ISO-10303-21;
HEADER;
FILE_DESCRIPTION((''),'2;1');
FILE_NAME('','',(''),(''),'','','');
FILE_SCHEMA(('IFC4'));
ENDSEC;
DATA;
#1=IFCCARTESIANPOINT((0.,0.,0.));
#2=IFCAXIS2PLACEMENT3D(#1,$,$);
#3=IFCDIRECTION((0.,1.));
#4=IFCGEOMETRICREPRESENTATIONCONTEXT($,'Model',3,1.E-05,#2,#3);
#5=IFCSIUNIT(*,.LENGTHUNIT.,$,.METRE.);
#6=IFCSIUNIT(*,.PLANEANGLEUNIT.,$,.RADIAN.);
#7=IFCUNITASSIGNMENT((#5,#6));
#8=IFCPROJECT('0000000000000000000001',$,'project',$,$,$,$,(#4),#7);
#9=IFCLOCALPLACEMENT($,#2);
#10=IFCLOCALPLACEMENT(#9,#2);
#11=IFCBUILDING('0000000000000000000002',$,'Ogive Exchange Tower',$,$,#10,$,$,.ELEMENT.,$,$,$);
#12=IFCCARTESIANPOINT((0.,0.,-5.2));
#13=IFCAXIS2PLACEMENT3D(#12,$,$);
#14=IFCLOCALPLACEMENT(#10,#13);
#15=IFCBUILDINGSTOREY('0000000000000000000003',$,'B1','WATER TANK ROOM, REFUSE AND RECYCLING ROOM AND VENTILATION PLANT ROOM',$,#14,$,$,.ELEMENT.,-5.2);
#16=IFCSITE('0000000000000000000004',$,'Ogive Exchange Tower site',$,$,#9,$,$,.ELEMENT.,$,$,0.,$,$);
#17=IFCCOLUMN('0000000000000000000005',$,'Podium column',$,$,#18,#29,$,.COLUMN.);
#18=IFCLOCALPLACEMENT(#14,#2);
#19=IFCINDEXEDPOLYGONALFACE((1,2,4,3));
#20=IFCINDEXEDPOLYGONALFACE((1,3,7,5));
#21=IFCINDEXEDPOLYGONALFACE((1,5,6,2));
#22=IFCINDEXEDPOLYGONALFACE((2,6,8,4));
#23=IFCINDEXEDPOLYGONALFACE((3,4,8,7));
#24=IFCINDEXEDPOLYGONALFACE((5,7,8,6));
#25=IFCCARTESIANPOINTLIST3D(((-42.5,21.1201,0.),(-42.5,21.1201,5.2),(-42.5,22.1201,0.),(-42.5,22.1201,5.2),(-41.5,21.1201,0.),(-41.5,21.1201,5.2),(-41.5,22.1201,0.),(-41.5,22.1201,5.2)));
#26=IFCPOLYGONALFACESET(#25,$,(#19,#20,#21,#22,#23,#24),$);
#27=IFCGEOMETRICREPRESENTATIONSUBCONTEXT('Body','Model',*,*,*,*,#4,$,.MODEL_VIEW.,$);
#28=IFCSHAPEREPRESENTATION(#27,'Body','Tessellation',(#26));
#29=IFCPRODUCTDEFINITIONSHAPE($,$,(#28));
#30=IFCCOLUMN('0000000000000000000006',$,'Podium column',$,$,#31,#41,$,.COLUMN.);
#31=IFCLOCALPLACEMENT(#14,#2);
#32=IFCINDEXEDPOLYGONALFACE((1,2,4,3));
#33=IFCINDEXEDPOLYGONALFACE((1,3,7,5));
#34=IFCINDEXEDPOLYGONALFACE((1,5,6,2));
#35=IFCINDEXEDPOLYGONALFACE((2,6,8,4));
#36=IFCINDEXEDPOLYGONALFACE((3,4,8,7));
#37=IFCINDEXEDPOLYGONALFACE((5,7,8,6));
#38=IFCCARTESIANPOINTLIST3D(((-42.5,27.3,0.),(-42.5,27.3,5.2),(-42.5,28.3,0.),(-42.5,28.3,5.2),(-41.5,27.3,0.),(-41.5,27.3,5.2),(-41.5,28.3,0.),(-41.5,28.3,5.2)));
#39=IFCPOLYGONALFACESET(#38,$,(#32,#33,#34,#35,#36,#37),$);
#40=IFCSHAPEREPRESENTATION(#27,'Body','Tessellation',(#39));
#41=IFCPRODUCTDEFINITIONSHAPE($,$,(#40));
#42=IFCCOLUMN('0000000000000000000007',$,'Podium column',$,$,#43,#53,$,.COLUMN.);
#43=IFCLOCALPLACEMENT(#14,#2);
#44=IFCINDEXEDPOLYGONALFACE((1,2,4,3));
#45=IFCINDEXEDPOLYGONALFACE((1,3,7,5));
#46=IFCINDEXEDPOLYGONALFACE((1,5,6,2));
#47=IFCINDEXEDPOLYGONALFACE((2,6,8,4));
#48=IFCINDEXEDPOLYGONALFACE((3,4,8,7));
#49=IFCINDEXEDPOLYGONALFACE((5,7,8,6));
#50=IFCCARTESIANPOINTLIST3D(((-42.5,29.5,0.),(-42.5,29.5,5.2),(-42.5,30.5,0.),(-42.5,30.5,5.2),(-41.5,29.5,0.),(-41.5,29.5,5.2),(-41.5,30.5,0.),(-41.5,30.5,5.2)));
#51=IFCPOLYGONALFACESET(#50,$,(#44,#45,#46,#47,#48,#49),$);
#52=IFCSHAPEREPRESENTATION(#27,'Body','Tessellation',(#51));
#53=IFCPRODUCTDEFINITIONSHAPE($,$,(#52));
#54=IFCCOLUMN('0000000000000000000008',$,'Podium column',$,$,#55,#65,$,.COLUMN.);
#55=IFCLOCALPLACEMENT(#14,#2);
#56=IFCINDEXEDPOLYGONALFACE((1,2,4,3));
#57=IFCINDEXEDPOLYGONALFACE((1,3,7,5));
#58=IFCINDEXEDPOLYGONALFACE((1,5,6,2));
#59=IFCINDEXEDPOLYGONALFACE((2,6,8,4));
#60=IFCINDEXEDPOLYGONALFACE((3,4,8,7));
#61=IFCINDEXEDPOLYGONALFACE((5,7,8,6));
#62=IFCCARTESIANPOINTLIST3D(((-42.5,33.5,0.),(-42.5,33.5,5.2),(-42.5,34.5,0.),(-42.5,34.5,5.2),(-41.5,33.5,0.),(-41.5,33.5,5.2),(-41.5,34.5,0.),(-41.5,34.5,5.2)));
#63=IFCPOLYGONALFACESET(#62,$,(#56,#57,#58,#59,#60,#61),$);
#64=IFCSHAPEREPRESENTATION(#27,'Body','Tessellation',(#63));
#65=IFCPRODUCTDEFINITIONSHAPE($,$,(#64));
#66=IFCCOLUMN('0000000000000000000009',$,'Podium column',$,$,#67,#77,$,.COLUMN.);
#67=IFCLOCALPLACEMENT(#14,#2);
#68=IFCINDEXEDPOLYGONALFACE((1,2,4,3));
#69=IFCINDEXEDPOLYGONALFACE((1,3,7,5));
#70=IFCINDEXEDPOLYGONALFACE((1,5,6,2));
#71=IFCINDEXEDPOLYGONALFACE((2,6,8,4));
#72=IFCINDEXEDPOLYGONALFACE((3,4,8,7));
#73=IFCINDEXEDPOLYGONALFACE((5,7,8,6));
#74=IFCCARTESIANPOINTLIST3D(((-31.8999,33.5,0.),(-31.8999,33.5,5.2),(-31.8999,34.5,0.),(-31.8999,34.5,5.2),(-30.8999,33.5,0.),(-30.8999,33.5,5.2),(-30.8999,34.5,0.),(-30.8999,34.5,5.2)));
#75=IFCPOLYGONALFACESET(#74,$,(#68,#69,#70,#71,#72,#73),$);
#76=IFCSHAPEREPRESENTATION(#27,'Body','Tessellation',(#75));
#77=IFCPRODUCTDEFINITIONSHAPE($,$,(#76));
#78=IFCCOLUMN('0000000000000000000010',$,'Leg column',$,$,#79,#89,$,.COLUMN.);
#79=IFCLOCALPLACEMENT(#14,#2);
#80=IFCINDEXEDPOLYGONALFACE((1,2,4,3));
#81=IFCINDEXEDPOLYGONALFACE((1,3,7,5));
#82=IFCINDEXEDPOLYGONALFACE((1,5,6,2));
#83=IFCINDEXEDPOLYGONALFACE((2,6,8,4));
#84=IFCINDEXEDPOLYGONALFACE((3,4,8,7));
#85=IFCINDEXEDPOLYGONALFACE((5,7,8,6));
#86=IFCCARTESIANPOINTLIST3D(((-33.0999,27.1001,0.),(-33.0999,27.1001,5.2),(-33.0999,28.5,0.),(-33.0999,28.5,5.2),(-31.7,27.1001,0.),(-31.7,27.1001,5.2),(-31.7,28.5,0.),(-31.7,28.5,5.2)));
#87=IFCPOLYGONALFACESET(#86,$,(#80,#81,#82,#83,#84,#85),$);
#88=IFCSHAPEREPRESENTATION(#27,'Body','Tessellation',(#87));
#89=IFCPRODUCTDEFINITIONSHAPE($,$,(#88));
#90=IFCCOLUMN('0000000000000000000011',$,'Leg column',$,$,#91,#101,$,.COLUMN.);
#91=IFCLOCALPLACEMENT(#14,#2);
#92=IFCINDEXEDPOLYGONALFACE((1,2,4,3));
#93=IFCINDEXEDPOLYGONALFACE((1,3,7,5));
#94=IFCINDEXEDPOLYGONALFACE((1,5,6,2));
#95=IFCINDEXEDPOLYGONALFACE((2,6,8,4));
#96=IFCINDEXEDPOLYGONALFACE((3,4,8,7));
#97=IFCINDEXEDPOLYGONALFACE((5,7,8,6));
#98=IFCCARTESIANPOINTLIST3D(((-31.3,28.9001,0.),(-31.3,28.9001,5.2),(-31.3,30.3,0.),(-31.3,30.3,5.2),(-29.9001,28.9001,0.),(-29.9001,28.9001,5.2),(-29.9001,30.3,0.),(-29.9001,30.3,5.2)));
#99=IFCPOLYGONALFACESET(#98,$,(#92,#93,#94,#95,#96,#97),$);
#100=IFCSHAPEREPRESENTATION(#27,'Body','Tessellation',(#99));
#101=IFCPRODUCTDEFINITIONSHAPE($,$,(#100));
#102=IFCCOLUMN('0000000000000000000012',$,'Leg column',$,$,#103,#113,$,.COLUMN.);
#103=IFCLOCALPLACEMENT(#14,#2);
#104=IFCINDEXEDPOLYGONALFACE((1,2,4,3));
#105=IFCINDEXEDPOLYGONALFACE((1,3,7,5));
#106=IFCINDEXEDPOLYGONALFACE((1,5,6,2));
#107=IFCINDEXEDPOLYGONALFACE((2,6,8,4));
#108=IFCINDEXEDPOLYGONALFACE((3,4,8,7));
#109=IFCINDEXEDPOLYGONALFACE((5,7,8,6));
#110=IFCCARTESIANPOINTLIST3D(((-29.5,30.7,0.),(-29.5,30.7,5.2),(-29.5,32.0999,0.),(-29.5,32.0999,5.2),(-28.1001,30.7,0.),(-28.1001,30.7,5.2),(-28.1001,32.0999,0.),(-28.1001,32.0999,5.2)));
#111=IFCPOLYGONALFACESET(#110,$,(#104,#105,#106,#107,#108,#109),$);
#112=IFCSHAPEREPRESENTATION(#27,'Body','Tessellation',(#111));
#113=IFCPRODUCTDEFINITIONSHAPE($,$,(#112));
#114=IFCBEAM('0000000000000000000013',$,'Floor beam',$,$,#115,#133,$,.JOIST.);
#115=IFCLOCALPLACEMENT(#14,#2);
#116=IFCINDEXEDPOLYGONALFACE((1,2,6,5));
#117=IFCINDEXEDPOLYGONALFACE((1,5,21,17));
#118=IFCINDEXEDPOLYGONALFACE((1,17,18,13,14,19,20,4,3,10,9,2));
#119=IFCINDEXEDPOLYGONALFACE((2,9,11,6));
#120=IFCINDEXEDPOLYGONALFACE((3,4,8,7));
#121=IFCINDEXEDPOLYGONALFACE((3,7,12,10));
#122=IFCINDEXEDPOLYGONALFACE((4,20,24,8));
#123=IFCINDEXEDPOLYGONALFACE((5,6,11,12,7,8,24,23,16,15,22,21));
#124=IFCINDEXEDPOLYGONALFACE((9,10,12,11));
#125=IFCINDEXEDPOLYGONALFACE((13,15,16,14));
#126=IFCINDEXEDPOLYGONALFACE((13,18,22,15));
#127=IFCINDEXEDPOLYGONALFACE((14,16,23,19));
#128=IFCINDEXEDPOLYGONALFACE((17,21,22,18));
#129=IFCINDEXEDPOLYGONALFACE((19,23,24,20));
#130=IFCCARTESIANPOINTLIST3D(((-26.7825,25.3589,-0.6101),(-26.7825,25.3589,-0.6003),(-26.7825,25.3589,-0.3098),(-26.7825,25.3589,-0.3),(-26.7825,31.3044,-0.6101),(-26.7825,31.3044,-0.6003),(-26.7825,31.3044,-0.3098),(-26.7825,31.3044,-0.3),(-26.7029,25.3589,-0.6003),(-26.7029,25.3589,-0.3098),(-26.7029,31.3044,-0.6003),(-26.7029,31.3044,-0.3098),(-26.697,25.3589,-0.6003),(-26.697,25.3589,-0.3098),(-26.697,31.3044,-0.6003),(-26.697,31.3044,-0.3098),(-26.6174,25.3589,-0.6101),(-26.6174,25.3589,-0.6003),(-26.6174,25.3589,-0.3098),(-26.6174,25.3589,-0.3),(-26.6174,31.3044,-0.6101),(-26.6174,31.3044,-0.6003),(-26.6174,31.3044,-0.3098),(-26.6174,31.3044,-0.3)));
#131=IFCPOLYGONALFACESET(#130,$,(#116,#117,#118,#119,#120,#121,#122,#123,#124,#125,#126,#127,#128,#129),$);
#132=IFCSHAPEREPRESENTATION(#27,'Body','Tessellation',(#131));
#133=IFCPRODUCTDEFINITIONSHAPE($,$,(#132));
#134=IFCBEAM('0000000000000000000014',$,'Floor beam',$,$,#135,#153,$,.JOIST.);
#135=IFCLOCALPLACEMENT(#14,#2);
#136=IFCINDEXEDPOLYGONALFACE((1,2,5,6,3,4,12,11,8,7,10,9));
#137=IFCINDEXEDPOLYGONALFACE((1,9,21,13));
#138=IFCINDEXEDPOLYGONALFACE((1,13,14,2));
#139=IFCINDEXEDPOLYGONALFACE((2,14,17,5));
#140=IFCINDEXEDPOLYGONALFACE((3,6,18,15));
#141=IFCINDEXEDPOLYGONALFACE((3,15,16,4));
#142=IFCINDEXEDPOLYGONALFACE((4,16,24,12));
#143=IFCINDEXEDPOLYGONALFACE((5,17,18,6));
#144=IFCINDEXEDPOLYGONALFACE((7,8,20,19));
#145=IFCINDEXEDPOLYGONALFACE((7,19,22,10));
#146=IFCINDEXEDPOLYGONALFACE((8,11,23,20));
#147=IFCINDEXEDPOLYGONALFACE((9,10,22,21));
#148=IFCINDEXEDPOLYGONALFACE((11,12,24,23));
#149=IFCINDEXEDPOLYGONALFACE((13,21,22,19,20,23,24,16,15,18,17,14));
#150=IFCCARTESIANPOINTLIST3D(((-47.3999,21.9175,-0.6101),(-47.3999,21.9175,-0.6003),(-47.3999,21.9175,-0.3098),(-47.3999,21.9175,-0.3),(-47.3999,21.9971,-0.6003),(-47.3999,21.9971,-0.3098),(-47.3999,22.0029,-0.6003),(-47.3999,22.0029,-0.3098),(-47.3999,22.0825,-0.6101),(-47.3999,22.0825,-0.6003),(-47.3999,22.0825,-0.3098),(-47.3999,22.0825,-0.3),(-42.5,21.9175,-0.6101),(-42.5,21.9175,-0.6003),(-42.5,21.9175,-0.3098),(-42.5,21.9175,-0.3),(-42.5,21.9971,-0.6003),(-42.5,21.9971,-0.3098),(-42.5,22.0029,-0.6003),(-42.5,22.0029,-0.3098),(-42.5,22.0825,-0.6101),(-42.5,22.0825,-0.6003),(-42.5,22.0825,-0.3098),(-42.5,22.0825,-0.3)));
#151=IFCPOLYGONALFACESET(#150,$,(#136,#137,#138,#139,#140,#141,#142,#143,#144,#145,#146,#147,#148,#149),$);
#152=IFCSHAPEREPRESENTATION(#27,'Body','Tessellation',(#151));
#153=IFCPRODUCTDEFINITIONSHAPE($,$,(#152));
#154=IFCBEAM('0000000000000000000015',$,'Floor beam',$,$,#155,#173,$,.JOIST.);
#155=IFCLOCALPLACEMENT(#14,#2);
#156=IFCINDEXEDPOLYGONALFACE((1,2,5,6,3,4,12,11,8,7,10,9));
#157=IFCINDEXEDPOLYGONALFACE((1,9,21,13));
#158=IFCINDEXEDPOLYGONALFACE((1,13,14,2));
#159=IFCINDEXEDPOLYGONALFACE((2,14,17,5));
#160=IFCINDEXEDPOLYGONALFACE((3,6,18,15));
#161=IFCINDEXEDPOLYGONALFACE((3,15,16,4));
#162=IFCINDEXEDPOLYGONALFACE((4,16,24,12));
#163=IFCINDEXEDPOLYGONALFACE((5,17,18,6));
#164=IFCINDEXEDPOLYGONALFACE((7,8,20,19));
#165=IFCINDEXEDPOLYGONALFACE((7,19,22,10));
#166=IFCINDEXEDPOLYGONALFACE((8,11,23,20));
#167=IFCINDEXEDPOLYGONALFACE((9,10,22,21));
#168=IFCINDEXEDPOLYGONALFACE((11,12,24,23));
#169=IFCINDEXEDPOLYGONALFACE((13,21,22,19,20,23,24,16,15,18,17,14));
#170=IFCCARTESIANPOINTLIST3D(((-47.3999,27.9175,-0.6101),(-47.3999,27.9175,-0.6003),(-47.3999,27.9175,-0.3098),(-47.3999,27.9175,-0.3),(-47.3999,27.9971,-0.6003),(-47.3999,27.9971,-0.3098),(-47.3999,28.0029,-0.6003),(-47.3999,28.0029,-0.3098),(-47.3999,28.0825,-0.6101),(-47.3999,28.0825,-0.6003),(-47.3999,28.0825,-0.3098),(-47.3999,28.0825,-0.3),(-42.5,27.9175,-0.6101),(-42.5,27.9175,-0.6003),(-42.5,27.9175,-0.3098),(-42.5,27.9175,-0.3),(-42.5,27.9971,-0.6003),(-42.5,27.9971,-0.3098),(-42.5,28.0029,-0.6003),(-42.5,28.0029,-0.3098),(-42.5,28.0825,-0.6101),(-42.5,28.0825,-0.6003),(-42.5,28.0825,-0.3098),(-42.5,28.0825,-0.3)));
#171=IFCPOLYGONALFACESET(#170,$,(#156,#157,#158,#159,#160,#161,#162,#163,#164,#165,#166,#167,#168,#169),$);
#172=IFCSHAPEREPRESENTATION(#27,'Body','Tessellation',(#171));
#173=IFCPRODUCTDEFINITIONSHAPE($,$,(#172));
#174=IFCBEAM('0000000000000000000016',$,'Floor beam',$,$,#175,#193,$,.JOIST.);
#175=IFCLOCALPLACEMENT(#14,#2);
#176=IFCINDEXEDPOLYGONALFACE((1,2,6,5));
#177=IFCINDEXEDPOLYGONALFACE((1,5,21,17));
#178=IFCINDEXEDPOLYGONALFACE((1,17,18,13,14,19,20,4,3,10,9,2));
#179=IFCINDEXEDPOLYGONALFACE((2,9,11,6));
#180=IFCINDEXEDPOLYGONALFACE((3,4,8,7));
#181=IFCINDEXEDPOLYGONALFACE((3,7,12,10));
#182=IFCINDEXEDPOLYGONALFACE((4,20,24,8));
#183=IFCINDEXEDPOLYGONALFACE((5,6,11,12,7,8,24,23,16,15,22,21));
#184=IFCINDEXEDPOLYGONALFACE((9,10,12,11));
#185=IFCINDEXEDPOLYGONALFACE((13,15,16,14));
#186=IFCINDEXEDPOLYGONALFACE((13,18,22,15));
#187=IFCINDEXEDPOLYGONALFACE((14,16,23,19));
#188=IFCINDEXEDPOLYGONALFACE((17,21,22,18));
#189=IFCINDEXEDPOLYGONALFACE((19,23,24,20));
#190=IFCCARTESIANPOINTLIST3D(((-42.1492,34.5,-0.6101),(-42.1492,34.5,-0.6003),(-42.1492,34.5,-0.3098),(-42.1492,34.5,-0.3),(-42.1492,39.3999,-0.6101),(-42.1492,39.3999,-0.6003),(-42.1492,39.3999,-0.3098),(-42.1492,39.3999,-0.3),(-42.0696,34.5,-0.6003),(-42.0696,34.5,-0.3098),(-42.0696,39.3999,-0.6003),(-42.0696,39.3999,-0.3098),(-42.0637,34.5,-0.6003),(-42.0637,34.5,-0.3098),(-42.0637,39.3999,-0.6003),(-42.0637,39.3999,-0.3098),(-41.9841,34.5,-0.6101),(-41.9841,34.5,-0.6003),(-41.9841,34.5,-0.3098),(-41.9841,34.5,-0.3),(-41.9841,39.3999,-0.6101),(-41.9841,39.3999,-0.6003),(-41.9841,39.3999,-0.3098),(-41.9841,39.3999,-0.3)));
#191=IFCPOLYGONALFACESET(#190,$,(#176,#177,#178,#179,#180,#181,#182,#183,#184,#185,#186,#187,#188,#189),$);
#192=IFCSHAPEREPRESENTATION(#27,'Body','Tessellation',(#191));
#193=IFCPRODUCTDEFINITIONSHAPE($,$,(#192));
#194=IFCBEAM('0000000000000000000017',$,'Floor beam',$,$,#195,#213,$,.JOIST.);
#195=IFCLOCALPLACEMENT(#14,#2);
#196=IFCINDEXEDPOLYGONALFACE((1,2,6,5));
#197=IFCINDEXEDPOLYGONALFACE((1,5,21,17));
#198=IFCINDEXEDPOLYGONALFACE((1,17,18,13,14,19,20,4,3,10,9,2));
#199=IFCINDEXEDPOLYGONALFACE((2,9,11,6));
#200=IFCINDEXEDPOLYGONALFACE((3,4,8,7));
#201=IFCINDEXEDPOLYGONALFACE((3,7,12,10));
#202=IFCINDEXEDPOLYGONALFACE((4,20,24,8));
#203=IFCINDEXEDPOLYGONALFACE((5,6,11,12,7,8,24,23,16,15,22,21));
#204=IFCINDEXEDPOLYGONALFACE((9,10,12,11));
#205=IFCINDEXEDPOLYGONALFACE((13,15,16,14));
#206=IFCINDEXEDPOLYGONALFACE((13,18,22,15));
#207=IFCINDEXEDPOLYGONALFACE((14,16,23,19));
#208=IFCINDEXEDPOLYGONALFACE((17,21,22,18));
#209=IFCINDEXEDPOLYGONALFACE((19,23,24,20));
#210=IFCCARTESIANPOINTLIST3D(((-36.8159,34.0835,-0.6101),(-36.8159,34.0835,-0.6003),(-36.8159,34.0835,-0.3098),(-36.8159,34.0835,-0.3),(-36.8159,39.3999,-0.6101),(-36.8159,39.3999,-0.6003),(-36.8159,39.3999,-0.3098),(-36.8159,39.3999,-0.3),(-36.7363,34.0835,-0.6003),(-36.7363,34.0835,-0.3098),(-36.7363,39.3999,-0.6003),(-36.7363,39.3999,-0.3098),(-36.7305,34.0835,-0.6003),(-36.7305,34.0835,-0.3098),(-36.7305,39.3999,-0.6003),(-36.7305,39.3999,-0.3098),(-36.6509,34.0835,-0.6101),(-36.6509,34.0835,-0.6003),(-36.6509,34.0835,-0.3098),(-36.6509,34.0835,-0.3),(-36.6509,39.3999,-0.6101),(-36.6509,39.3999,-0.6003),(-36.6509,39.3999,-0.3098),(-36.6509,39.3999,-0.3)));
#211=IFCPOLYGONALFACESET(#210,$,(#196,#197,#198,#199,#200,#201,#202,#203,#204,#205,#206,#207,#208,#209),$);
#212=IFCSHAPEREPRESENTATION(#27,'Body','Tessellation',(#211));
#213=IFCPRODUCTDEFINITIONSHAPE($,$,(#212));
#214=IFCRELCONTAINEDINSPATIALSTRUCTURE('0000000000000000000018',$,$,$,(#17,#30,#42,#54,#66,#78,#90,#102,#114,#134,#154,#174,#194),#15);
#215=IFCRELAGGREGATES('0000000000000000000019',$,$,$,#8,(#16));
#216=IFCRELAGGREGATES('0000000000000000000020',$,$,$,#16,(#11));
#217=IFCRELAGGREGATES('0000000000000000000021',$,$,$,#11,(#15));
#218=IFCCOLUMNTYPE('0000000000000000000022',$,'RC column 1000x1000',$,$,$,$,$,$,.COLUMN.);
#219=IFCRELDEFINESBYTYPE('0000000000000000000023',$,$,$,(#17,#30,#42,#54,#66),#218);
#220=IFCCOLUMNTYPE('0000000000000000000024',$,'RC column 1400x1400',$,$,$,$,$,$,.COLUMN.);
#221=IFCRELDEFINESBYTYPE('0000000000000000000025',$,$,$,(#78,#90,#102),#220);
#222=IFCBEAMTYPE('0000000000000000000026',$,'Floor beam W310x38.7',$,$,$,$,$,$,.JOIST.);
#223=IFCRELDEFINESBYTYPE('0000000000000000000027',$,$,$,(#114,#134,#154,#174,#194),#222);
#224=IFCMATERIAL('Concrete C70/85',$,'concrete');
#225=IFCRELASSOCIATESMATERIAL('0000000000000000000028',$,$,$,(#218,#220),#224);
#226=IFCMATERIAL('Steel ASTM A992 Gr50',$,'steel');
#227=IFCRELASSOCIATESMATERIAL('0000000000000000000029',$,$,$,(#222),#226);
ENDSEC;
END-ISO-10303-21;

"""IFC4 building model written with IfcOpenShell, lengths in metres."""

from ifc_helpers import new_model, si_unit, direction, frame, origin, origin_2d, place, context, subcontext, project, spatial, rectangle, i_section, extrude, material, material_profile, profile_set, type_object, element, save


model = new_model("IFC4")

# Units and contexts
model_context = context("Model", 3, precision=1e-05, world=origin(), true_north=direction((0.0, 1.0)))
body_context = subcontext(model_context, "Body", "Model", "MODEL_VIEW")
ifc_project = project(units=[si_unit("LENGTHUNIT", "METRE"), si_unit("PLANEANGLEUNIT", "RADIAN")], contexts=[model_context])

# Site, building, storey
site_placement = place(None, origin())
site = spatial("IfcSite", under=ifc_project, at=site_placement, Name="Ogive Exchange Tower site", CompositionType="ELEMENT", RefElevation=0.0)
building_placement = place(site_placement, origin())
building = spatial("IfcBuilding", under=site, at=building_placement, Name="Ogive Exchange Tower", CompositionType="ELEMENT")
storey_placement = place(building_placement, frame((0.0, 0.0, -5.2)))
storey = spatial("IfcBuildingStorey", under=building, at=storey_placement, Name="B1", Description="WATER TANK ROOM, REFUSE AND RECYCLING ROOM AND VENTILATION PLANT ROOM", CompositionType="ELEMENT", Elevation=-5.2)

# Columns
ifc_material_1 = material(Name="Concrete C70/85", Category="concrete")
ifc_material_profile_1 = material_profile(ifc_material_1, rectangle(XDim=1.0, YDim=1.0, at=origin_2d()), Name="RC 1000x1000")
ifc_profile_set_1 = profile_set([ifc_material_profile_1], Name="Concrete C70/85")
column_type_1 = type_object("IfcColumnType", Name="RC column 1000x1000", PredefinedType="COLUMN", material=ifc_profile_set_1)
for number, where, z_axis, x_axis, name in (
    (1, (-42.0, 21.6201, 0.0), (0.0, 0.0, 1.0), (1.0, 0.0, 0.0), "Podium column"),
    (2, (-42.0, 27.8, 0.0), (0.0, 0.0, 1.0), (1.0, 0.0, 0.0), "Podium column"),
    (3, (-42.0, 30.0, 0.0), (0.0, 0.0, 1.0), (1.0, 0.0, 0.0), "Podium column"),
    (4, (-42.0, 34.0, 0.0), (0.0, 0.0, 1.0), (1.0, 0.0, 0.0), "Podium column"),
    (5, (-31.3999, 34.0, 0.0), (0.0, 0.0, 1.0), (1.0, 0.0, 0.0), "Podium column"),
):
    element("IfcColumn", number, at=place(storey_placement, frame(where, z_axis=z_axis, x_axis=x_axis)), inside=storey, type_object=column_type_1, Name=name, PredefinedType="COLUMN", context=body_context, shape_type="SweptSolid", body=[
        extrude(rectangle(XDim=1.0, YDim=1.0, at=origin_2d()), origin(), (0.0, 0.0, 1.0), 5.2),
    ])
ifc_material_profile_2 = material_profile(ifc_material_1, rectangle(XDim=1.3999, YDim=1.3999, at=origin_2d()), Name="RC 1400x1400")
ifc_profile_set_2 = profile_set([ifc_material_profile_2], Name="Concrete C70/85")
column_type_2 = type_object("IfcColumnType", Name="RC column 1400x1400", PredefinedType="COLUMN", material=ifc_profile_set_2)
for number, where, z_axis, x_axis, name in (
    (6, (-32.3999, 27.8, 0.0), (0.0, 0.0, 1.0), (1.0, 0.0, 0.0), "Leg column"),
    (7, (-30.6001, 29.6001, 0.0), (0.0, 0.0, 1.0), (1.0, 0.0, 0.0), "Leg column"),
    (8, (-28.8, 31.3999, 0.0), (0.0, 0.0, 1.0), (1.0, 0.0, 0.0), "Leg column"),
):
    element("IfcColumn", number, at=place(storey_placement, frame(where, z_axis=z_axis, x_axis=x_axis)), inside=storey, type_object=column_type_2, Name=name, PredefinedType="COLUMN", context=body_context, shape_type="SweptSolid", body=[
        extrude(rectangle(XDim=1.3999, YDim=1.3999, at=origin_2d()), origin(), (0.0, 0.0, 1.0), 5.2),
    ])

# Beams
ifc_material_2 = material(Name="Steel ASTM A992 Gr50", Category="steel")
ifc_material_profile_3 = material_profile(ifc_material_2, i_section(OverallWidth=0.165, OverallDepth=0.3101, WebThickness=0.0059, FlangeThickness=0.0098, at=origin_2d()), Name="W310x38.7")
ifc_profile_set_3 = profile_set([ifc_material_profile_3], Name="Steel ASTM A992 Gr50")
beam_type_1 = type_object("IfcBeamType", Name="Floor beam W310x38.7", PredefinedType="JOIST", material=ifc_profile_set_3)
beam_1_placement = place(storey_placement, frame((-26.7, 25.3589, -0.4551), z_axis=(0.0, 1.0, 0.0), x_axis=(-1.0, 0.0, 0.0)))
element("IfcBeam", 9, at=beam_1_placement, inside=storey, type_object=beam_type_1, Name="Floor beam", PredefinedType="JOIST", context=body_context, shape_type="SweptSolid", body=[
    extrude(i_section(OverallWidth=0.165, OverallDepth=0.3101, WebThickness=0.0059, FlangeThickness=0.0098, at=origin_2d()), origin(), (0.0, 0.0, 1.0), 5.9456),
])
for number, where, z_axis, x_axis, name in (
    (10, (-47.3999, 22.0, -0.4551), (1.0, 0.0, 0.0), (0.0, 1.0, 0.0), "Floor beam"),
    (11, (-47.3999, 28.0, -0.4551), (1.0, 0.0, 0.0), (0.0, 1.0, 0.0), "Floor beam"),
    (12, (-42.0667, 34.5, -0.4551), (0.0, 1.0, 0.0), (-1.0, 0.0, 0.0), "Floor beam"),
):
    element("IfcBeam", number, at=place(storey_placement, frame(where, z_axis=z_axis, x_axis=x_axis)), inside=storey, type_object=beam_type_1, Name=name, PredefinedType="JOIST", context=body_context, shape_type="SweptSolid", body=[
        extrude(i_section(OverallWidth=0.165, OverallDepth=0.3101, WebThickness=0.0059, FlangeThickness=0.0098, at=origin_2d()), origin(), (0.0, 0.0, 1.0), 4.8999),
    ])
beam_2_placement = place(storey_placement, frame((-36.7334, 34.0835, -0.4551), z_axis=(0.0, 1.0, 0.0), x_axis=(-1.0, 0.0, 0.0)))
element("IfcBeam", 13, at=beam_2_placement, inside=storey, type_object=beam_type_1, Name="Floor beam", PredefinedType="JOIST", context=body_context, shape_type="SweptSolid", body=[
    extrude(i_section(OverallWidth=0.165, OverallDepth=0.3101, WebThickness=0.0059, FlangeThickness=0.0098, at=origin_2d()), origin(), (0.0, 0.0, 1.0), 5.3164),
])

save(model, "model.ifc")
